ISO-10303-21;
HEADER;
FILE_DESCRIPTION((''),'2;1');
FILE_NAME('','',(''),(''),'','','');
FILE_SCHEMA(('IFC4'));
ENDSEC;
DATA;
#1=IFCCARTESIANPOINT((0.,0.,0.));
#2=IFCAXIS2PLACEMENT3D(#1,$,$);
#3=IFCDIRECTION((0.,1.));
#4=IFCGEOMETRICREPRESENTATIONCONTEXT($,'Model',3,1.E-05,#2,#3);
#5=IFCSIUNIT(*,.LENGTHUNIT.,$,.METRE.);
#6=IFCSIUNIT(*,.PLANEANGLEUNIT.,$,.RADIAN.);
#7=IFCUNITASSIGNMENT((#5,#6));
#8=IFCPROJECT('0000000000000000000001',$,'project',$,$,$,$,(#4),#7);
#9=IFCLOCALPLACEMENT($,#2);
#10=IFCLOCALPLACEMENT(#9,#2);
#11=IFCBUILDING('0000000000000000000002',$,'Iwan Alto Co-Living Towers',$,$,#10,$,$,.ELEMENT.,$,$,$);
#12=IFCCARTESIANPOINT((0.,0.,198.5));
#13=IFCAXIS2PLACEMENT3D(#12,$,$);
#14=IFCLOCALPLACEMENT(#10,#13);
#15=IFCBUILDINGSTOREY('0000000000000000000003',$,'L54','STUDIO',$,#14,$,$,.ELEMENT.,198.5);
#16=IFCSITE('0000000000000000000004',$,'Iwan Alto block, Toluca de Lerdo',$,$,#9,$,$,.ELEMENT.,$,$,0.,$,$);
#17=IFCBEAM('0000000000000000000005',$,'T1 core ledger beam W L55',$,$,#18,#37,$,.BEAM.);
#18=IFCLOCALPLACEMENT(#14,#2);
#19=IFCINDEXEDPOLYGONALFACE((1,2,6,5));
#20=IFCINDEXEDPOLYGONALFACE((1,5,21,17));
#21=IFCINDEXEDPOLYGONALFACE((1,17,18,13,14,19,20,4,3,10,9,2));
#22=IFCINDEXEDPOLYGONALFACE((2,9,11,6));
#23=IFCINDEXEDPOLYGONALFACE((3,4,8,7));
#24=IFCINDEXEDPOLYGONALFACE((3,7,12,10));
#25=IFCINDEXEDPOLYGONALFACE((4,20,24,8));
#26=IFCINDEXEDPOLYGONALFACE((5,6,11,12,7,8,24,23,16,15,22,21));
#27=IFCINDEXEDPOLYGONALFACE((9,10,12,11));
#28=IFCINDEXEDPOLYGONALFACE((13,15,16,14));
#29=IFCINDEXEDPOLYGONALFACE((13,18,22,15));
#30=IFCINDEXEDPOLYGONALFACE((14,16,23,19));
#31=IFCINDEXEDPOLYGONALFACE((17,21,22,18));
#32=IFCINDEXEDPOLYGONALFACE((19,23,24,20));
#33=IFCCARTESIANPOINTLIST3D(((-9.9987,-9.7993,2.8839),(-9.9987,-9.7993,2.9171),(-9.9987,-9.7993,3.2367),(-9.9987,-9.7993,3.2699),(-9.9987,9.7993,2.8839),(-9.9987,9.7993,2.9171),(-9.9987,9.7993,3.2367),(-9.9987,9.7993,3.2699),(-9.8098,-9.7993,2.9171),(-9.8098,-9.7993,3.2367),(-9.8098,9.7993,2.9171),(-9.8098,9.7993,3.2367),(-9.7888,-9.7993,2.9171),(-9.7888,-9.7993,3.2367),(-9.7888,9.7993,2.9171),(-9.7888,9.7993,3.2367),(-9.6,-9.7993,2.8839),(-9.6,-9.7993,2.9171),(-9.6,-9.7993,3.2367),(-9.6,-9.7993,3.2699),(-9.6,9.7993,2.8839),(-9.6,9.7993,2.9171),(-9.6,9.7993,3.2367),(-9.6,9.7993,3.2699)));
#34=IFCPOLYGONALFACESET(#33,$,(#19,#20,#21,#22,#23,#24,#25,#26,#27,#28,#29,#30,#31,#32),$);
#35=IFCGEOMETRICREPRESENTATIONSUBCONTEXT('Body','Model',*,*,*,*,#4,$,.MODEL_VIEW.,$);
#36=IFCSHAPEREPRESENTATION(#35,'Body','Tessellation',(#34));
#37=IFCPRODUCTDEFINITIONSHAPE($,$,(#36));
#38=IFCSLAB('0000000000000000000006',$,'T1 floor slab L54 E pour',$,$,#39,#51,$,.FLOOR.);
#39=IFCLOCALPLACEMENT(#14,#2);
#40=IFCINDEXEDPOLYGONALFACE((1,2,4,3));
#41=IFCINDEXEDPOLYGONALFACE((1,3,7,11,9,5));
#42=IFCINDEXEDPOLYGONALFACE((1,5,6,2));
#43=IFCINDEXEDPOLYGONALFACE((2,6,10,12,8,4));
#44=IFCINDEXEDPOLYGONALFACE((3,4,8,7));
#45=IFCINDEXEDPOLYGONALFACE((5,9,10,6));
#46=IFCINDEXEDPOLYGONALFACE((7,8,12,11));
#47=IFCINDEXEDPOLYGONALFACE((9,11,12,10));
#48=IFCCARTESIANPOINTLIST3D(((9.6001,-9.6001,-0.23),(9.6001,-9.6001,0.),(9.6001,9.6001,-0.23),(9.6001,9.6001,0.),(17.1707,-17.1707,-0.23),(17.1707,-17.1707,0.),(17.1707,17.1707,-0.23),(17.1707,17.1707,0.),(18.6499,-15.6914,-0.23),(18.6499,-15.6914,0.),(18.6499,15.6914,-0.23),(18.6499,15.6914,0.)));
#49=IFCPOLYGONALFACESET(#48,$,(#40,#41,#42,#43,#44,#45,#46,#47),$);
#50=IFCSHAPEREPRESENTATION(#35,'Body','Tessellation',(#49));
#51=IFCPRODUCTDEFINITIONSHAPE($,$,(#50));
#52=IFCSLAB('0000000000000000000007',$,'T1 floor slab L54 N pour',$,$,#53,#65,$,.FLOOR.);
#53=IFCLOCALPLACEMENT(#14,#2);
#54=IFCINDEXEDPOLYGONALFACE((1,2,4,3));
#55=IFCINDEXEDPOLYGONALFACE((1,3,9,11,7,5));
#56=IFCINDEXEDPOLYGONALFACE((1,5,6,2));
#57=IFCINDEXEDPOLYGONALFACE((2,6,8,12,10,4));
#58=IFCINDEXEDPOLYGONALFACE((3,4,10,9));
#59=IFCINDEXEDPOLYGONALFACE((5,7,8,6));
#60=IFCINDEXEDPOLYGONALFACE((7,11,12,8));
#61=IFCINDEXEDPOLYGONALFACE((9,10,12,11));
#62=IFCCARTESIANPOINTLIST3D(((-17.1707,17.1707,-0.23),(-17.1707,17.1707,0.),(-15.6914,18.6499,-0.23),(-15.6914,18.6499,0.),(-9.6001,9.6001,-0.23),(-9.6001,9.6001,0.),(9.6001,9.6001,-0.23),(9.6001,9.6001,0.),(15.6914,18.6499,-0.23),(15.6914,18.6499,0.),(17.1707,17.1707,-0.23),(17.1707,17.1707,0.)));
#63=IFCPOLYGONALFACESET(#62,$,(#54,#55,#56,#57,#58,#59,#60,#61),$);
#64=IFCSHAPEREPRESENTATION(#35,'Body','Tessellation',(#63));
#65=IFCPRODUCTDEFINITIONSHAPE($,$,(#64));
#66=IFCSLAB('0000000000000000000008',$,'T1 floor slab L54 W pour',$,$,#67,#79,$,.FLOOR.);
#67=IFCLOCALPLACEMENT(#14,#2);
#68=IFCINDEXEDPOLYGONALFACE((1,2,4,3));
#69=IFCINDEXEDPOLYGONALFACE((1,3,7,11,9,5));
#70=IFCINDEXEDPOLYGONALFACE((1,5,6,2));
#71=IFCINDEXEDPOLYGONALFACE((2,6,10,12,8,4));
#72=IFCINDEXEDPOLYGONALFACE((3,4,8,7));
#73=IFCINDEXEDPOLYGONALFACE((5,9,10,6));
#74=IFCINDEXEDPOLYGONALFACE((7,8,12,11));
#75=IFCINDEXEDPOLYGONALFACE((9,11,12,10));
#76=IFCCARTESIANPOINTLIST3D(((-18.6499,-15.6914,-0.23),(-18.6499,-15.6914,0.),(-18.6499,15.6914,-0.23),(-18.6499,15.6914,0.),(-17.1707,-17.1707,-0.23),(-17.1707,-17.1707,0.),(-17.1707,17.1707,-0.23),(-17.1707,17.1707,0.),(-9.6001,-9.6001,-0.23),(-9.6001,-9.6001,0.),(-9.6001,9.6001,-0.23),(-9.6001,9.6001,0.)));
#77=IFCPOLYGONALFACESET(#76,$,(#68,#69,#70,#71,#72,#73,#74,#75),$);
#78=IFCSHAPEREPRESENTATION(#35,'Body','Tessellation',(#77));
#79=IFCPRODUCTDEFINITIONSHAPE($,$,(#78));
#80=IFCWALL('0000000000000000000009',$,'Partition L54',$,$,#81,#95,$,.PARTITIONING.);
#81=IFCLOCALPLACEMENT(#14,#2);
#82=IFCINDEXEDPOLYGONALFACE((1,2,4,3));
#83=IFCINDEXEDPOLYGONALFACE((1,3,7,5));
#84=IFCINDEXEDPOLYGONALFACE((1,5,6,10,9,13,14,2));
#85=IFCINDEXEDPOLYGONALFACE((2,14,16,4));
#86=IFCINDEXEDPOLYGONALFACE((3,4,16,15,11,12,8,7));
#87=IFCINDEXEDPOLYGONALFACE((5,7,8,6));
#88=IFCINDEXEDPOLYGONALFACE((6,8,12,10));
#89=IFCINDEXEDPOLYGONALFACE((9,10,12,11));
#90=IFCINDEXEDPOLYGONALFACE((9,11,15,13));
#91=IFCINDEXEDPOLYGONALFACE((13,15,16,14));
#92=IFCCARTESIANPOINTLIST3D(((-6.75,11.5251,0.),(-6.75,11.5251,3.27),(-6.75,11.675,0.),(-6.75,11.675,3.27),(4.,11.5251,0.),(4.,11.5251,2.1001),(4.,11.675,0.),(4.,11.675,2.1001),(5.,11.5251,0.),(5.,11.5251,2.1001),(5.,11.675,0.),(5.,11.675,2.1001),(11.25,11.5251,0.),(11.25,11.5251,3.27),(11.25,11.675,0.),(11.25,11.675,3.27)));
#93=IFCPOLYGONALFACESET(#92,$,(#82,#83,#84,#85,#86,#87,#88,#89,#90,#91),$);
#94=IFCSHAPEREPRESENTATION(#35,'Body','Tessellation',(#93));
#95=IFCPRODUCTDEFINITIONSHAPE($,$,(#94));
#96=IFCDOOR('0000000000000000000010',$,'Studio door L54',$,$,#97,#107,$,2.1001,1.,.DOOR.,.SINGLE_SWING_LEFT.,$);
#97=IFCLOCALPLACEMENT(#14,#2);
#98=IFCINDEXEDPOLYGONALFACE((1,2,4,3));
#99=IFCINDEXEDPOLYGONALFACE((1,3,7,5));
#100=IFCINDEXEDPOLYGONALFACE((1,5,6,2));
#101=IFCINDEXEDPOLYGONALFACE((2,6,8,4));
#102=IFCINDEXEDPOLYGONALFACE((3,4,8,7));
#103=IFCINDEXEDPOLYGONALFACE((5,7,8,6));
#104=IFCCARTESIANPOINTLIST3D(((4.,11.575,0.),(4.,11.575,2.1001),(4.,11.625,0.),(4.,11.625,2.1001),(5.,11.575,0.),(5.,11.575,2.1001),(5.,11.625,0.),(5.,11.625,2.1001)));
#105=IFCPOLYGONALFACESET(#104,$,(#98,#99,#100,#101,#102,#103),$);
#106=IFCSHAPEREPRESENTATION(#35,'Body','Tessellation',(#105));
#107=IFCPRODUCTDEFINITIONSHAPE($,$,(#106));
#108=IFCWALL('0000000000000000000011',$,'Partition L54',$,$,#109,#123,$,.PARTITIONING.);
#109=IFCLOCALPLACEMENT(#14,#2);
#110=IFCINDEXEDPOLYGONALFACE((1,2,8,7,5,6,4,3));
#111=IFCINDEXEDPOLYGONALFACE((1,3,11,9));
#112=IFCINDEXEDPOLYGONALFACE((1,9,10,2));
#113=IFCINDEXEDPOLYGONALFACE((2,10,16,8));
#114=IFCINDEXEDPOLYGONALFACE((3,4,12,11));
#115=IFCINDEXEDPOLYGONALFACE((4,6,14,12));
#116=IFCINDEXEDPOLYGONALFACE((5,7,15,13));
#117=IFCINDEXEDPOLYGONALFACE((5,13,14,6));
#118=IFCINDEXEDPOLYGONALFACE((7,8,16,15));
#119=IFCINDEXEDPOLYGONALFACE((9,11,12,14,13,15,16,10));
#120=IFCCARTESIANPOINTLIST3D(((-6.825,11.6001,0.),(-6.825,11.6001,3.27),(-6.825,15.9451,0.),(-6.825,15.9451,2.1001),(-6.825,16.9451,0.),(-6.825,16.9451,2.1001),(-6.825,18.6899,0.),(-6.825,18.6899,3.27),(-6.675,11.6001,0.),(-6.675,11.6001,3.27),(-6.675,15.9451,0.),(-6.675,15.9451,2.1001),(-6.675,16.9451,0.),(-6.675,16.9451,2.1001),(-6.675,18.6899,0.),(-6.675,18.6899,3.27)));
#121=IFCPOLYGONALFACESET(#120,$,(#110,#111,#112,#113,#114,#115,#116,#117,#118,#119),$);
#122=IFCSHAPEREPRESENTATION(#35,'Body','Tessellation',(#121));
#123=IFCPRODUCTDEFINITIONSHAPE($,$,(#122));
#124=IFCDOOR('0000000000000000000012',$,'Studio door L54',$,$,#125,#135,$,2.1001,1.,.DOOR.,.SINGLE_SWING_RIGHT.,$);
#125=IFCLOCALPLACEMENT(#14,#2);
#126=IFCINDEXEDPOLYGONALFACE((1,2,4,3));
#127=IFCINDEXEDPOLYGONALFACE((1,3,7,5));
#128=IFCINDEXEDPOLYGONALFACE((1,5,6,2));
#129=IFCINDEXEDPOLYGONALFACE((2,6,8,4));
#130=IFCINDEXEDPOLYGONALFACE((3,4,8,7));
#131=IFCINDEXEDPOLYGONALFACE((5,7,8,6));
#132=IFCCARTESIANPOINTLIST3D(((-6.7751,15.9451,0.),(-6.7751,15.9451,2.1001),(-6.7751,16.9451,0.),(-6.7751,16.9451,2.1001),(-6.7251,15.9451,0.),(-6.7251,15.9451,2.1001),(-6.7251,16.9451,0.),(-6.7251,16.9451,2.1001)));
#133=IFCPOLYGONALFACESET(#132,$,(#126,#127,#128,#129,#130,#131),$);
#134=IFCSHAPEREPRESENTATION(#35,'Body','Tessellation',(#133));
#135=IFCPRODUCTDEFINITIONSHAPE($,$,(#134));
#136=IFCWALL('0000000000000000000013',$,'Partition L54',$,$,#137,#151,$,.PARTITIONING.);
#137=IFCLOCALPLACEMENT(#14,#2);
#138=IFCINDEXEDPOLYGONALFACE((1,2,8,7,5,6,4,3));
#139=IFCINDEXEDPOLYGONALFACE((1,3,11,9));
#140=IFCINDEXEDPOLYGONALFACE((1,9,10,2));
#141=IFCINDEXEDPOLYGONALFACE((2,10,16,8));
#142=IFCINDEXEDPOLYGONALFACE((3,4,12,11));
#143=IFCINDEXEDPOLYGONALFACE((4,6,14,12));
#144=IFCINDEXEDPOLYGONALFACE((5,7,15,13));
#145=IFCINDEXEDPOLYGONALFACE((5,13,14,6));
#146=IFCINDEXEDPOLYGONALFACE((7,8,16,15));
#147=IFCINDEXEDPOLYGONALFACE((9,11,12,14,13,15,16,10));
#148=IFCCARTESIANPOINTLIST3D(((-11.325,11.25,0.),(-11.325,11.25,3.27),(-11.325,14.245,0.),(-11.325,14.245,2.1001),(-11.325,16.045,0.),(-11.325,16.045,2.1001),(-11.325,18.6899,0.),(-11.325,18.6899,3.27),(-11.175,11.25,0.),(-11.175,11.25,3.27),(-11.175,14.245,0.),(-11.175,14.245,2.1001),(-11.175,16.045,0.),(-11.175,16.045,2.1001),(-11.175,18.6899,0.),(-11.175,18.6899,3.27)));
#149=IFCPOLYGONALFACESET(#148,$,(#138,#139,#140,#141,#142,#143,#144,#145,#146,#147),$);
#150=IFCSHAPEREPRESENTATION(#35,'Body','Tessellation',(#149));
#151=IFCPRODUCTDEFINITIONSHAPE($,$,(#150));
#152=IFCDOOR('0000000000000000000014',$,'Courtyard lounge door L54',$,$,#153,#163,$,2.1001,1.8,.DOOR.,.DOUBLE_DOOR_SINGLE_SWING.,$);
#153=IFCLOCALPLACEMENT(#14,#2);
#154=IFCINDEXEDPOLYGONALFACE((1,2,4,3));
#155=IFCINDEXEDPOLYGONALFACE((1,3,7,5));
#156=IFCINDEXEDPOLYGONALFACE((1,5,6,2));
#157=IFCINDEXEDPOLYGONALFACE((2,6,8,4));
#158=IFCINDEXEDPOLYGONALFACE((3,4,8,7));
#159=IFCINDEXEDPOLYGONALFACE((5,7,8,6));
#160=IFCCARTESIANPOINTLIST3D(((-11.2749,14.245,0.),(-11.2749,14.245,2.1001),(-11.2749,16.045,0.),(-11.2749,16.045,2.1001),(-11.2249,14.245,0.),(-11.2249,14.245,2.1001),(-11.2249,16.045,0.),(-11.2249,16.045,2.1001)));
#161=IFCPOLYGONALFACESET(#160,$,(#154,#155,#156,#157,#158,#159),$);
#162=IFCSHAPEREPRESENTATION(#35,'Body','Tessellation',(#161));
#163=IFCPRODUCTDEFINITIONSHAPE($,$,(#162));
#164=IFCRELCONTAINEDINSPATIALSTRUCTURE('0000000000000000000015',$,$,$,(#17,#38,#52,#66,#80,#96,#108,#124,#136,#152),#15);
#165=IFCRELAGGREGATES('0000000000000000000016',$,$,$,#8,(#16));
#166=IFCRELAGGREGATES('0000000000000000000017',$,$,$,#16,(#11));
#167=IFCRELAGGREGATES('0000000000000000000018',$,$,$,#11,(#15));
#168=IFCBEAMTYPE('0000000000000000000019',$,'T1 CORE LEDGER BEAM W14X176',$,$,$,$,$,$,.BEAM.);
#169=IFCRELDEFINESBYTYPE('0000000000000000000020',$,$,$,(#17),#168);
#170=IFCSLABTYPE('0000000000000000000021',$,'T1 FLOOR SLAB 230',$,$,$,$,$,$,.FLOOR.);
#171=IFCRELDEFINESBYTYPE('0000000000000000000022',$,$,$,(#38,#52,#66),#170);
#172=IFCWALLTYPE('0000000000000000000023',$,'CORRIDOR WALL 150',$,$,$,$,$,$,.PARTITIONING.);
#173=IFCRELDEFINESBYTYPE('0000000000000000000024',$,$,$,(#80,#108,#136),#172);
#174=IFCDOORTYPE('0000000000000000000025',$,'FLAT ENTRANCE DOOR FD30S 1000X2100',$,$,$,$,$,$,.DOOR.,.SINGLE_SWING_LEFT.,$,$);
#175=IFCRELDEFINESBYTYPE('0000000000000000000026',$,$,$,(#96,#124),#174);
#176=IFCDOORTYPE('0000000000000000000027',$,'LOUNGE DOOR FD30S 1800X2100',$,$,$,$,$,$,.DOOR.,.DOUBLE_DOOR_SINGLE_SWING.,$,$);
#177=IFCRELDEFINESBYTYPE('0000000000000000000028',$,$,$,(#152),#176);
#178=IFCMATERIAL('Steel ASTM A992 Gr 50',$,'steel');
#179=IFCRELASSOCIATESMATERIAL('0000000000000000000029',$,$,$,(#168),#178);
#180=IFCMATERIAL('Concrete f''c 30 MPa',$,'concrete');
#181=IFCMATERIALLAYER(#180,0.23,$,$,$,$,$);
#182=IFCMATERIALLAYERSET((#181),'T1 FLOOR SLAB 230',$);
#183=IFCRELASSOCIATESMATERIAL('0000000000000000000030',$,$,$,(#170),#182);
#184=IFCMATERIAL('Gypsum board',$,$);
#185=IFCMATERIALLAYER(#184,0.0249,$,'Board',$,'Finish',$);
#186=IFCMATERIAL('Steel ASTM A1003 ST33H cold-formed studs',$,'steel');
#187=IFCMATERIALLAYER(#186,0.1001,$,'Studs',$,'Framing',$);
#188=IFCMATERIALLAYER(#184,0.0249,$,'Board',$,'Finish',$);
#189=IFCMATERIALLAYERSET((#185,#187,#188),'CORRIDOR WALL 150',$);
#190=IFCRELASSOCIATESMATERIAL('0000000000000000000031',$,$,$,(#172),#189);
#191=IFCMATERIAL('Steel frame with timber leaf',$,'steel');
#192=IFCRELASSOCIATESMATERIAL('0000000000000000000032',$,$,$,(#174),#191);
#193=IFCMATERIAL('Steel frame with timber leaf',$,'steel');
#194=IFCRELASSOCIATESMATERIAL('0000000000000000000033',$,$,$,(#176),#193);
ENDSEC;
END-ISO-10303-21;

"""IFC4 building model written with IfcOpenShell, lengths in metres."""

from ifc_helpers import new_model, si_unit, direction, frame, frame_2d, origin, origin_2d, place, context, subcontext, project, spatial, polyline, rectangle, i_section, outline, extrude, material, layer, layer_set, material_profile, profile_set, type_object, element, fill, save


model = new_model("IFC4")

# Units and contexts
model_context = context("Model", 3, precision=1e-05, world=origin(), true_north=direction((0.0, 1.0)))
body_context = subcontext(model_context, "Body", "Model", "MODEL_VIEW")
ifc_project = project(units=[si_unit("LENGTHUNIT", "METRE"), si_unit("PLANEANGLEUNIT", "RADIAN")], contexts=[model_context])

# Site, building, storey
site_placement = place(None, origin())
site = spatial("IfcSite", under=ifc_project, at=site_placement, Name="Iwan Alto block, Toluca de Lerdo", CompositionType="ELEMENT", RefElevation=0.0)
building_placement = place(site_placement, origin())
building = spatial("IfcBuilding", under=site, at=building_placement, Name="Iwan Alto Co-Living Towers", CompositionType="ELEMENT")
storey_placement = place(building_placement, frame((0.0, 0.0, 198.5)))
storey = spatial("IfcBuildingStorey", under=building, at=storey_placement, Name="L54", Description="STUDIO", CompositionType="ELEMENT", Elevation=198.5)

# Beam
ifc_material_1 = material(Name="Steel ASTM A992 Gr 50", Category="steel")
ifc_material_profile = material_profile(ifc_material_1, i_section(OverallWidth=0.3987, OverallDepth=0.386, WebThickness=0.021, FlangeThickness=0.0332, at=origin_2d()), Name="W14X176")
ifc_profile_set = profile_set([ifc_material_profile], Name="Steel ASTM A992 Gr 50")
beam_type = type_object("IfcBeamType", Name="T1 CORE LEDGER BEAM W14X176", PredefinedType="BEAM", material=ifc_profile_set)
beam_placement = place(storey_placement, frame((-9.7993, 9.7993, 3.0769), z_axis=(0.0, -1.0, 0.0), x_axis=(1.0, 0.0, 0.0)))
element("IfcBeam", 1, at=beam_placement, inside=storey, type_object=beam_type, Name="T1 core ledger beam W L55", PredefinedType="BEAM", context=body_context, shape_type="SweptSolid", body=[
    extrude(i_section(OverallWidth=0.3987, OverallDepth=0.386, WebThickness=0.021, FlangeThickness=0.0332, at=origin_2d()), origin(), (0.0, 0.0, 1.0), 19.5986),
])

# Slabs
ifc_material_2 = material(Name="Concrete f'c 30 MPa", Category="concrete")
ifc_layer_1 = layer(ifc_material_2, 0.23)
ifc_layer_set_1 = layer_set([ifc_layer_1], Name="T1 FLOOR SLAB 230")
slab_type = type_object("IfcSlabType", Name="T1 FLOOR SLAB 230", PredefinedType="FLOOR", material=ifc_layer_set_1)
slab_1_placement = place(storey_placement, frame((0.0, 0.0, -0.23)))
element("IfcSlab", 2, at=slab_1_placement, inside=storey, type_object=slab_type, Name="T1 floor slab L54 E pour", PredefinedType="FLOOR", context=body_context, shape_type="SweptSolid", body=[
    extrude(outline(polyline([(18.6499, 15.6914), (18.6499, -15.6914), (17.1707, -17.1707), (9.6001, -9.6001), (9.6001, 9.6001), (17.1707, 17.1707), (18.6499, 15.6914)])), origin(), (0.0, 0.0, 1.0), 0.23),
])
slab_2_placement = place(storey_placement, frame((0.0, 0.0, -0.23)))
element("IfcSlab", 3, at=slab_2_placement, inside=storey, type_object=slab_type, Name="T1 floor slab L54 N pour", PredefinedType="FLOOR", context=body_context, shape_type="SweptSolid", body=[
    extrude(outline(polyline([(-15.6914, 18.6499), (15.6914, 18.6499), (17.1707, 17.1707), (9.6001, 9.6001), (-9.6001, 9.6001), (-17.1707, 17.1707), (-15.6914, 18.6499)])), origin(), (0.0, 0.0, 1.0), 0.23),
])
slab_3_placement = place(storey_placement, frame((0.0, 0.0, -0.23)))
element("IfcSlab", 4, at=slab_3_placement, inside=storey, type_object=slab_type, Name="T1 floor slab L54 W pour", PredefinedType="FLOOR", context=body_context, shape_type="SweptSolid", body=[
    extrude(outline(polyline([(-18.6499, 15.6914), (-17.1707, 17.1707), (-9.6001, 9.6001), (-9.6001, -9.6001), (-17.1707, -17.1707), (-18.6499, -15.6914), (-18.6499, 15.6914)])), origin(), (0.0, 0.0, 1.0), 0.23),
])

# Walls, openings, doors
ifc_material_3 = material(Name="Gypsum board")
ifc_layer_2 = layer(ifc_material_3, 0.0249, Name="Board", Category="Finish")
ifc_material_4 = material(Name="Steel ASTM A1003 ST33H cold-formed studs", Category="steel")
ifc_layer_3 = layer(ifc_material_4, 0.1001, Name="Studs", Category="Framing")
ifc_layer_4 = layer(ifc_material_3, 0.0249, Name="Board", Category="Finish")
ifc_layer_set_2 = layer_set([ifc_layer_2, ifc_layer_3, ifc_layer_4], Name="CORRIDOR WALL 150")
wall_type_1 = type_object("IfcWallType", Name="CORRIDOR WALL 150", PredefinedType="PARTITIONING", material=ifc_layer_set_2)
wall_1_placement = place(storey_placement, frame((-6.75, 11.6001, 0.0), z_axis=(0.0, 0.0, 1.0), x_axis=(1.0, 0.0, 0.0)))
wall_1 = element("IfcWall", 5, at=wall_1_placement, inside=storey, type_object=wall_type_1, Name="Partition L54", PredefinedType="PARTITIONING", context=body_context, shape_type="SweptSolid", body=[
    extrude(rectangle(XDim=18.0, YDim=0.1499, at=frame_2d((9.0, 0.0))), origin(), (0.0, 0.0, 1.0), 3.27),
])
opening_1_placement = place(wall_1_placement, frame((10.75, 0.0, 0.0)))
opening_1 = element("IfcOpeningElement", 6, at=opening_1_placement, cuts=wall_1, PredefinedType="OPENING", context=body_context, shape_type="SweptSolid", body=[
    extrude(rectangle(XDim=1.0, YDim=2.1001, at=frame_2d((0.5, 1.05))), frame((0.0, 0.085, 0.0), z_axis=(0.0, -1.0, 0.0), x_axis=(1.0, 0.0, 0.0)), (0.0, 0.0, 1.0), 0.1699),
])
ifc_material_5 = material(Name="Steel frame with timber leaf", Category="steel")
door_type_1 = type_object("IfcDoorType", Name="FLAT ENTRANCE DOOR FD30S 1000X2100", OperationType="SINGLE_SWING_LEFT", PredefinedType="DOOR", material=ifc_material_5)
door_1_placement = place(opening_1_placement, origin())
door_1 = element("IfcDoor", 7, at=door_1_placement, inside=storey, type_object=door_type_1, Name="Studio door L54", OperationType="SINGLE_SWING_LEFT", OverallHeight=2.1001, OverallWidth=1.0, PredefinedType="DOOR", context=body_context, shape_type="SweptSolid", body=[
    extrude(rectangle(XDim=1.0, YDim=2.1001, at=frame_2d((0.5, 1.05))), frame((0.0, 0.0249, 0.0), z_axis=(0.0, -1.0, 0.0), x_axis=(1.0, 0.0, 0.0)), (0.0, 0.0, 1.0), 0.05),
])
fill(opening_1, door_1)
wall_2_placement = place(storey_placement, frame((-6.75, 11.6001, 0.0), z_axis=(0.0, 0.0, 1.0), x_axis=(0.0, 1.0, 0.0)))
wall_2 = element("IfcWall", 8, at=wall_2_placement, inside=storey, type_object=wall_type_1, Name="Partition L54", PredefinedType="PARTITIONING", context=body_context, shape_type="SweptSolid", body=[
    extrude(rectangle(XDim=7.0898, YDim=0.1499, at=frame_2d((3.5449, 0.0))), origin(), (0.0, 0.0, 1.0), 3.27),
])
opening_2_placement = place(wall_2_placement, frame((4.345, 0.0, 0.0)))
opening_2 = element("IfcOpeningElement", 9, at=opening_2_placement, cuts=wall_2, PredefinedType="OPENING", context=body_context, shape_type="SweptSolid", body=[
    extrude(rectangle(XDim=1.0, YDim=2.1001, at=frame_2d((0.5, 1.05))), frame((0.0, 0.085, 0.0), z_axis=(0.0, -1.0, 0.0), x_axis=(1.0, 0.0, 0.0)), (0.0, 0.0, 1.0), 0.1699),
])
door_2_placement = place(opening_2_placement, frame((1.0, 0.0, 0.0), z_axis=(0.0, 0.0, 1.0), x_axis=(-1.0, 0.0, 0.0)))
door_2 = element("IfcDoor", 10, at=door_2_placement, inside=storey, type_object=door_type_1, Name="Studio door L54", OperationType="SINGLE_SWING_RIGHT", OverallHeight=2.1001, OverallWidth=1.0, PredefinedType="DOOR", context=body_context, shape_type="SweptSolid", body=[
    extrude(rectangle(XDim=1.0, YDim=2.1001, at=frame_2d((0.5, 1.05))), frame((0.0, 0.0249, 0.0), z_axis=(0.0, -1.0, 0.0), x_axis=(1.0, 0.0, 0.0)), (0.0, 0.0, 1.0), 0.05),
])
fill(opening_2, door_2)
wall_3_placement = place(storey_placement, frame((-11.25, 11.25, 0.0), z_axis=(0.0, 0.0, 1.0), x_axis=(0.0, 1.0, 0.0)))
wall_3 = element("IfcWall", 11, at=wall_3_placement, inside=storey, type_object=wall_type_1, Name="Partition L54", PredefinedType="PARTITIONING", context=body_context, shape_type="SweptSolid", body=[
    extrude(rectangle(XDim=7.4399, YDim=0.1499, at=frame_2d((3.72, 0.0))), origin(), (0.0, 0.0, 1.0), 3.27),
])
opening_3_placement = place(wall_3_placement, frame((2.9951, 0.0, 0.0)))
opening_3 = element("IfcOpeningElement", 12, at=opening_3_placement, cuts=wall_3, PredefinedType="OPENING", context=body_context, shape_type="SweptSolid", body=[
    extrude(rectangle(XDim=1.8, YDim=2.1001, at=frame_2d((0.8999, 1.05))), frame((0.0, 0.085, 0.0), z_axis=(0.0, -1.0, 0.0), x_axis=(1.0, 0.0, 0.0)), (0.0, 0.0, 1.0), 0.1699),
])
ifc_material_6 = material(Name="Steel frame with timber leaf", Category="steel")
door_type_2 = type_object("IfcDoorType", Name="LOUNGE DOOR FD30S 1800X2100", OperationType="DOUBLE_DOOR_SINGLE_SWING", PredefinedType="DOOR", material=ifc_material_6)
door_3_placement = place(opening_3_placement, origin())
door_3 = element("IfcDoor", 13, at=door_3_placement, inside=storey, type_object=door_type_2, Name="Courtyard lounge door L54", OperationType="DOUBLE_DOOR_SINGLE_SWING", OverallHeight=2.1001, OverallWidth=1.8, PredefinedType="DOOR", context=body_context, shape_type="SweptSolid", body=[
    extrude(rectangle(XDim=1.8, YDim=2.1001, at=frame_2d((0.8999, 1.05))), frame((0.0, 0.0249, 0.0), z_axis=(0.0, -1.0, 0.0), x_axis=(1.0, 0.0, 0.0)), (0.0, 0.0, 1.0), 0.05),
])
fill(opening_3, door_3)

save(model, "model.ifc")
